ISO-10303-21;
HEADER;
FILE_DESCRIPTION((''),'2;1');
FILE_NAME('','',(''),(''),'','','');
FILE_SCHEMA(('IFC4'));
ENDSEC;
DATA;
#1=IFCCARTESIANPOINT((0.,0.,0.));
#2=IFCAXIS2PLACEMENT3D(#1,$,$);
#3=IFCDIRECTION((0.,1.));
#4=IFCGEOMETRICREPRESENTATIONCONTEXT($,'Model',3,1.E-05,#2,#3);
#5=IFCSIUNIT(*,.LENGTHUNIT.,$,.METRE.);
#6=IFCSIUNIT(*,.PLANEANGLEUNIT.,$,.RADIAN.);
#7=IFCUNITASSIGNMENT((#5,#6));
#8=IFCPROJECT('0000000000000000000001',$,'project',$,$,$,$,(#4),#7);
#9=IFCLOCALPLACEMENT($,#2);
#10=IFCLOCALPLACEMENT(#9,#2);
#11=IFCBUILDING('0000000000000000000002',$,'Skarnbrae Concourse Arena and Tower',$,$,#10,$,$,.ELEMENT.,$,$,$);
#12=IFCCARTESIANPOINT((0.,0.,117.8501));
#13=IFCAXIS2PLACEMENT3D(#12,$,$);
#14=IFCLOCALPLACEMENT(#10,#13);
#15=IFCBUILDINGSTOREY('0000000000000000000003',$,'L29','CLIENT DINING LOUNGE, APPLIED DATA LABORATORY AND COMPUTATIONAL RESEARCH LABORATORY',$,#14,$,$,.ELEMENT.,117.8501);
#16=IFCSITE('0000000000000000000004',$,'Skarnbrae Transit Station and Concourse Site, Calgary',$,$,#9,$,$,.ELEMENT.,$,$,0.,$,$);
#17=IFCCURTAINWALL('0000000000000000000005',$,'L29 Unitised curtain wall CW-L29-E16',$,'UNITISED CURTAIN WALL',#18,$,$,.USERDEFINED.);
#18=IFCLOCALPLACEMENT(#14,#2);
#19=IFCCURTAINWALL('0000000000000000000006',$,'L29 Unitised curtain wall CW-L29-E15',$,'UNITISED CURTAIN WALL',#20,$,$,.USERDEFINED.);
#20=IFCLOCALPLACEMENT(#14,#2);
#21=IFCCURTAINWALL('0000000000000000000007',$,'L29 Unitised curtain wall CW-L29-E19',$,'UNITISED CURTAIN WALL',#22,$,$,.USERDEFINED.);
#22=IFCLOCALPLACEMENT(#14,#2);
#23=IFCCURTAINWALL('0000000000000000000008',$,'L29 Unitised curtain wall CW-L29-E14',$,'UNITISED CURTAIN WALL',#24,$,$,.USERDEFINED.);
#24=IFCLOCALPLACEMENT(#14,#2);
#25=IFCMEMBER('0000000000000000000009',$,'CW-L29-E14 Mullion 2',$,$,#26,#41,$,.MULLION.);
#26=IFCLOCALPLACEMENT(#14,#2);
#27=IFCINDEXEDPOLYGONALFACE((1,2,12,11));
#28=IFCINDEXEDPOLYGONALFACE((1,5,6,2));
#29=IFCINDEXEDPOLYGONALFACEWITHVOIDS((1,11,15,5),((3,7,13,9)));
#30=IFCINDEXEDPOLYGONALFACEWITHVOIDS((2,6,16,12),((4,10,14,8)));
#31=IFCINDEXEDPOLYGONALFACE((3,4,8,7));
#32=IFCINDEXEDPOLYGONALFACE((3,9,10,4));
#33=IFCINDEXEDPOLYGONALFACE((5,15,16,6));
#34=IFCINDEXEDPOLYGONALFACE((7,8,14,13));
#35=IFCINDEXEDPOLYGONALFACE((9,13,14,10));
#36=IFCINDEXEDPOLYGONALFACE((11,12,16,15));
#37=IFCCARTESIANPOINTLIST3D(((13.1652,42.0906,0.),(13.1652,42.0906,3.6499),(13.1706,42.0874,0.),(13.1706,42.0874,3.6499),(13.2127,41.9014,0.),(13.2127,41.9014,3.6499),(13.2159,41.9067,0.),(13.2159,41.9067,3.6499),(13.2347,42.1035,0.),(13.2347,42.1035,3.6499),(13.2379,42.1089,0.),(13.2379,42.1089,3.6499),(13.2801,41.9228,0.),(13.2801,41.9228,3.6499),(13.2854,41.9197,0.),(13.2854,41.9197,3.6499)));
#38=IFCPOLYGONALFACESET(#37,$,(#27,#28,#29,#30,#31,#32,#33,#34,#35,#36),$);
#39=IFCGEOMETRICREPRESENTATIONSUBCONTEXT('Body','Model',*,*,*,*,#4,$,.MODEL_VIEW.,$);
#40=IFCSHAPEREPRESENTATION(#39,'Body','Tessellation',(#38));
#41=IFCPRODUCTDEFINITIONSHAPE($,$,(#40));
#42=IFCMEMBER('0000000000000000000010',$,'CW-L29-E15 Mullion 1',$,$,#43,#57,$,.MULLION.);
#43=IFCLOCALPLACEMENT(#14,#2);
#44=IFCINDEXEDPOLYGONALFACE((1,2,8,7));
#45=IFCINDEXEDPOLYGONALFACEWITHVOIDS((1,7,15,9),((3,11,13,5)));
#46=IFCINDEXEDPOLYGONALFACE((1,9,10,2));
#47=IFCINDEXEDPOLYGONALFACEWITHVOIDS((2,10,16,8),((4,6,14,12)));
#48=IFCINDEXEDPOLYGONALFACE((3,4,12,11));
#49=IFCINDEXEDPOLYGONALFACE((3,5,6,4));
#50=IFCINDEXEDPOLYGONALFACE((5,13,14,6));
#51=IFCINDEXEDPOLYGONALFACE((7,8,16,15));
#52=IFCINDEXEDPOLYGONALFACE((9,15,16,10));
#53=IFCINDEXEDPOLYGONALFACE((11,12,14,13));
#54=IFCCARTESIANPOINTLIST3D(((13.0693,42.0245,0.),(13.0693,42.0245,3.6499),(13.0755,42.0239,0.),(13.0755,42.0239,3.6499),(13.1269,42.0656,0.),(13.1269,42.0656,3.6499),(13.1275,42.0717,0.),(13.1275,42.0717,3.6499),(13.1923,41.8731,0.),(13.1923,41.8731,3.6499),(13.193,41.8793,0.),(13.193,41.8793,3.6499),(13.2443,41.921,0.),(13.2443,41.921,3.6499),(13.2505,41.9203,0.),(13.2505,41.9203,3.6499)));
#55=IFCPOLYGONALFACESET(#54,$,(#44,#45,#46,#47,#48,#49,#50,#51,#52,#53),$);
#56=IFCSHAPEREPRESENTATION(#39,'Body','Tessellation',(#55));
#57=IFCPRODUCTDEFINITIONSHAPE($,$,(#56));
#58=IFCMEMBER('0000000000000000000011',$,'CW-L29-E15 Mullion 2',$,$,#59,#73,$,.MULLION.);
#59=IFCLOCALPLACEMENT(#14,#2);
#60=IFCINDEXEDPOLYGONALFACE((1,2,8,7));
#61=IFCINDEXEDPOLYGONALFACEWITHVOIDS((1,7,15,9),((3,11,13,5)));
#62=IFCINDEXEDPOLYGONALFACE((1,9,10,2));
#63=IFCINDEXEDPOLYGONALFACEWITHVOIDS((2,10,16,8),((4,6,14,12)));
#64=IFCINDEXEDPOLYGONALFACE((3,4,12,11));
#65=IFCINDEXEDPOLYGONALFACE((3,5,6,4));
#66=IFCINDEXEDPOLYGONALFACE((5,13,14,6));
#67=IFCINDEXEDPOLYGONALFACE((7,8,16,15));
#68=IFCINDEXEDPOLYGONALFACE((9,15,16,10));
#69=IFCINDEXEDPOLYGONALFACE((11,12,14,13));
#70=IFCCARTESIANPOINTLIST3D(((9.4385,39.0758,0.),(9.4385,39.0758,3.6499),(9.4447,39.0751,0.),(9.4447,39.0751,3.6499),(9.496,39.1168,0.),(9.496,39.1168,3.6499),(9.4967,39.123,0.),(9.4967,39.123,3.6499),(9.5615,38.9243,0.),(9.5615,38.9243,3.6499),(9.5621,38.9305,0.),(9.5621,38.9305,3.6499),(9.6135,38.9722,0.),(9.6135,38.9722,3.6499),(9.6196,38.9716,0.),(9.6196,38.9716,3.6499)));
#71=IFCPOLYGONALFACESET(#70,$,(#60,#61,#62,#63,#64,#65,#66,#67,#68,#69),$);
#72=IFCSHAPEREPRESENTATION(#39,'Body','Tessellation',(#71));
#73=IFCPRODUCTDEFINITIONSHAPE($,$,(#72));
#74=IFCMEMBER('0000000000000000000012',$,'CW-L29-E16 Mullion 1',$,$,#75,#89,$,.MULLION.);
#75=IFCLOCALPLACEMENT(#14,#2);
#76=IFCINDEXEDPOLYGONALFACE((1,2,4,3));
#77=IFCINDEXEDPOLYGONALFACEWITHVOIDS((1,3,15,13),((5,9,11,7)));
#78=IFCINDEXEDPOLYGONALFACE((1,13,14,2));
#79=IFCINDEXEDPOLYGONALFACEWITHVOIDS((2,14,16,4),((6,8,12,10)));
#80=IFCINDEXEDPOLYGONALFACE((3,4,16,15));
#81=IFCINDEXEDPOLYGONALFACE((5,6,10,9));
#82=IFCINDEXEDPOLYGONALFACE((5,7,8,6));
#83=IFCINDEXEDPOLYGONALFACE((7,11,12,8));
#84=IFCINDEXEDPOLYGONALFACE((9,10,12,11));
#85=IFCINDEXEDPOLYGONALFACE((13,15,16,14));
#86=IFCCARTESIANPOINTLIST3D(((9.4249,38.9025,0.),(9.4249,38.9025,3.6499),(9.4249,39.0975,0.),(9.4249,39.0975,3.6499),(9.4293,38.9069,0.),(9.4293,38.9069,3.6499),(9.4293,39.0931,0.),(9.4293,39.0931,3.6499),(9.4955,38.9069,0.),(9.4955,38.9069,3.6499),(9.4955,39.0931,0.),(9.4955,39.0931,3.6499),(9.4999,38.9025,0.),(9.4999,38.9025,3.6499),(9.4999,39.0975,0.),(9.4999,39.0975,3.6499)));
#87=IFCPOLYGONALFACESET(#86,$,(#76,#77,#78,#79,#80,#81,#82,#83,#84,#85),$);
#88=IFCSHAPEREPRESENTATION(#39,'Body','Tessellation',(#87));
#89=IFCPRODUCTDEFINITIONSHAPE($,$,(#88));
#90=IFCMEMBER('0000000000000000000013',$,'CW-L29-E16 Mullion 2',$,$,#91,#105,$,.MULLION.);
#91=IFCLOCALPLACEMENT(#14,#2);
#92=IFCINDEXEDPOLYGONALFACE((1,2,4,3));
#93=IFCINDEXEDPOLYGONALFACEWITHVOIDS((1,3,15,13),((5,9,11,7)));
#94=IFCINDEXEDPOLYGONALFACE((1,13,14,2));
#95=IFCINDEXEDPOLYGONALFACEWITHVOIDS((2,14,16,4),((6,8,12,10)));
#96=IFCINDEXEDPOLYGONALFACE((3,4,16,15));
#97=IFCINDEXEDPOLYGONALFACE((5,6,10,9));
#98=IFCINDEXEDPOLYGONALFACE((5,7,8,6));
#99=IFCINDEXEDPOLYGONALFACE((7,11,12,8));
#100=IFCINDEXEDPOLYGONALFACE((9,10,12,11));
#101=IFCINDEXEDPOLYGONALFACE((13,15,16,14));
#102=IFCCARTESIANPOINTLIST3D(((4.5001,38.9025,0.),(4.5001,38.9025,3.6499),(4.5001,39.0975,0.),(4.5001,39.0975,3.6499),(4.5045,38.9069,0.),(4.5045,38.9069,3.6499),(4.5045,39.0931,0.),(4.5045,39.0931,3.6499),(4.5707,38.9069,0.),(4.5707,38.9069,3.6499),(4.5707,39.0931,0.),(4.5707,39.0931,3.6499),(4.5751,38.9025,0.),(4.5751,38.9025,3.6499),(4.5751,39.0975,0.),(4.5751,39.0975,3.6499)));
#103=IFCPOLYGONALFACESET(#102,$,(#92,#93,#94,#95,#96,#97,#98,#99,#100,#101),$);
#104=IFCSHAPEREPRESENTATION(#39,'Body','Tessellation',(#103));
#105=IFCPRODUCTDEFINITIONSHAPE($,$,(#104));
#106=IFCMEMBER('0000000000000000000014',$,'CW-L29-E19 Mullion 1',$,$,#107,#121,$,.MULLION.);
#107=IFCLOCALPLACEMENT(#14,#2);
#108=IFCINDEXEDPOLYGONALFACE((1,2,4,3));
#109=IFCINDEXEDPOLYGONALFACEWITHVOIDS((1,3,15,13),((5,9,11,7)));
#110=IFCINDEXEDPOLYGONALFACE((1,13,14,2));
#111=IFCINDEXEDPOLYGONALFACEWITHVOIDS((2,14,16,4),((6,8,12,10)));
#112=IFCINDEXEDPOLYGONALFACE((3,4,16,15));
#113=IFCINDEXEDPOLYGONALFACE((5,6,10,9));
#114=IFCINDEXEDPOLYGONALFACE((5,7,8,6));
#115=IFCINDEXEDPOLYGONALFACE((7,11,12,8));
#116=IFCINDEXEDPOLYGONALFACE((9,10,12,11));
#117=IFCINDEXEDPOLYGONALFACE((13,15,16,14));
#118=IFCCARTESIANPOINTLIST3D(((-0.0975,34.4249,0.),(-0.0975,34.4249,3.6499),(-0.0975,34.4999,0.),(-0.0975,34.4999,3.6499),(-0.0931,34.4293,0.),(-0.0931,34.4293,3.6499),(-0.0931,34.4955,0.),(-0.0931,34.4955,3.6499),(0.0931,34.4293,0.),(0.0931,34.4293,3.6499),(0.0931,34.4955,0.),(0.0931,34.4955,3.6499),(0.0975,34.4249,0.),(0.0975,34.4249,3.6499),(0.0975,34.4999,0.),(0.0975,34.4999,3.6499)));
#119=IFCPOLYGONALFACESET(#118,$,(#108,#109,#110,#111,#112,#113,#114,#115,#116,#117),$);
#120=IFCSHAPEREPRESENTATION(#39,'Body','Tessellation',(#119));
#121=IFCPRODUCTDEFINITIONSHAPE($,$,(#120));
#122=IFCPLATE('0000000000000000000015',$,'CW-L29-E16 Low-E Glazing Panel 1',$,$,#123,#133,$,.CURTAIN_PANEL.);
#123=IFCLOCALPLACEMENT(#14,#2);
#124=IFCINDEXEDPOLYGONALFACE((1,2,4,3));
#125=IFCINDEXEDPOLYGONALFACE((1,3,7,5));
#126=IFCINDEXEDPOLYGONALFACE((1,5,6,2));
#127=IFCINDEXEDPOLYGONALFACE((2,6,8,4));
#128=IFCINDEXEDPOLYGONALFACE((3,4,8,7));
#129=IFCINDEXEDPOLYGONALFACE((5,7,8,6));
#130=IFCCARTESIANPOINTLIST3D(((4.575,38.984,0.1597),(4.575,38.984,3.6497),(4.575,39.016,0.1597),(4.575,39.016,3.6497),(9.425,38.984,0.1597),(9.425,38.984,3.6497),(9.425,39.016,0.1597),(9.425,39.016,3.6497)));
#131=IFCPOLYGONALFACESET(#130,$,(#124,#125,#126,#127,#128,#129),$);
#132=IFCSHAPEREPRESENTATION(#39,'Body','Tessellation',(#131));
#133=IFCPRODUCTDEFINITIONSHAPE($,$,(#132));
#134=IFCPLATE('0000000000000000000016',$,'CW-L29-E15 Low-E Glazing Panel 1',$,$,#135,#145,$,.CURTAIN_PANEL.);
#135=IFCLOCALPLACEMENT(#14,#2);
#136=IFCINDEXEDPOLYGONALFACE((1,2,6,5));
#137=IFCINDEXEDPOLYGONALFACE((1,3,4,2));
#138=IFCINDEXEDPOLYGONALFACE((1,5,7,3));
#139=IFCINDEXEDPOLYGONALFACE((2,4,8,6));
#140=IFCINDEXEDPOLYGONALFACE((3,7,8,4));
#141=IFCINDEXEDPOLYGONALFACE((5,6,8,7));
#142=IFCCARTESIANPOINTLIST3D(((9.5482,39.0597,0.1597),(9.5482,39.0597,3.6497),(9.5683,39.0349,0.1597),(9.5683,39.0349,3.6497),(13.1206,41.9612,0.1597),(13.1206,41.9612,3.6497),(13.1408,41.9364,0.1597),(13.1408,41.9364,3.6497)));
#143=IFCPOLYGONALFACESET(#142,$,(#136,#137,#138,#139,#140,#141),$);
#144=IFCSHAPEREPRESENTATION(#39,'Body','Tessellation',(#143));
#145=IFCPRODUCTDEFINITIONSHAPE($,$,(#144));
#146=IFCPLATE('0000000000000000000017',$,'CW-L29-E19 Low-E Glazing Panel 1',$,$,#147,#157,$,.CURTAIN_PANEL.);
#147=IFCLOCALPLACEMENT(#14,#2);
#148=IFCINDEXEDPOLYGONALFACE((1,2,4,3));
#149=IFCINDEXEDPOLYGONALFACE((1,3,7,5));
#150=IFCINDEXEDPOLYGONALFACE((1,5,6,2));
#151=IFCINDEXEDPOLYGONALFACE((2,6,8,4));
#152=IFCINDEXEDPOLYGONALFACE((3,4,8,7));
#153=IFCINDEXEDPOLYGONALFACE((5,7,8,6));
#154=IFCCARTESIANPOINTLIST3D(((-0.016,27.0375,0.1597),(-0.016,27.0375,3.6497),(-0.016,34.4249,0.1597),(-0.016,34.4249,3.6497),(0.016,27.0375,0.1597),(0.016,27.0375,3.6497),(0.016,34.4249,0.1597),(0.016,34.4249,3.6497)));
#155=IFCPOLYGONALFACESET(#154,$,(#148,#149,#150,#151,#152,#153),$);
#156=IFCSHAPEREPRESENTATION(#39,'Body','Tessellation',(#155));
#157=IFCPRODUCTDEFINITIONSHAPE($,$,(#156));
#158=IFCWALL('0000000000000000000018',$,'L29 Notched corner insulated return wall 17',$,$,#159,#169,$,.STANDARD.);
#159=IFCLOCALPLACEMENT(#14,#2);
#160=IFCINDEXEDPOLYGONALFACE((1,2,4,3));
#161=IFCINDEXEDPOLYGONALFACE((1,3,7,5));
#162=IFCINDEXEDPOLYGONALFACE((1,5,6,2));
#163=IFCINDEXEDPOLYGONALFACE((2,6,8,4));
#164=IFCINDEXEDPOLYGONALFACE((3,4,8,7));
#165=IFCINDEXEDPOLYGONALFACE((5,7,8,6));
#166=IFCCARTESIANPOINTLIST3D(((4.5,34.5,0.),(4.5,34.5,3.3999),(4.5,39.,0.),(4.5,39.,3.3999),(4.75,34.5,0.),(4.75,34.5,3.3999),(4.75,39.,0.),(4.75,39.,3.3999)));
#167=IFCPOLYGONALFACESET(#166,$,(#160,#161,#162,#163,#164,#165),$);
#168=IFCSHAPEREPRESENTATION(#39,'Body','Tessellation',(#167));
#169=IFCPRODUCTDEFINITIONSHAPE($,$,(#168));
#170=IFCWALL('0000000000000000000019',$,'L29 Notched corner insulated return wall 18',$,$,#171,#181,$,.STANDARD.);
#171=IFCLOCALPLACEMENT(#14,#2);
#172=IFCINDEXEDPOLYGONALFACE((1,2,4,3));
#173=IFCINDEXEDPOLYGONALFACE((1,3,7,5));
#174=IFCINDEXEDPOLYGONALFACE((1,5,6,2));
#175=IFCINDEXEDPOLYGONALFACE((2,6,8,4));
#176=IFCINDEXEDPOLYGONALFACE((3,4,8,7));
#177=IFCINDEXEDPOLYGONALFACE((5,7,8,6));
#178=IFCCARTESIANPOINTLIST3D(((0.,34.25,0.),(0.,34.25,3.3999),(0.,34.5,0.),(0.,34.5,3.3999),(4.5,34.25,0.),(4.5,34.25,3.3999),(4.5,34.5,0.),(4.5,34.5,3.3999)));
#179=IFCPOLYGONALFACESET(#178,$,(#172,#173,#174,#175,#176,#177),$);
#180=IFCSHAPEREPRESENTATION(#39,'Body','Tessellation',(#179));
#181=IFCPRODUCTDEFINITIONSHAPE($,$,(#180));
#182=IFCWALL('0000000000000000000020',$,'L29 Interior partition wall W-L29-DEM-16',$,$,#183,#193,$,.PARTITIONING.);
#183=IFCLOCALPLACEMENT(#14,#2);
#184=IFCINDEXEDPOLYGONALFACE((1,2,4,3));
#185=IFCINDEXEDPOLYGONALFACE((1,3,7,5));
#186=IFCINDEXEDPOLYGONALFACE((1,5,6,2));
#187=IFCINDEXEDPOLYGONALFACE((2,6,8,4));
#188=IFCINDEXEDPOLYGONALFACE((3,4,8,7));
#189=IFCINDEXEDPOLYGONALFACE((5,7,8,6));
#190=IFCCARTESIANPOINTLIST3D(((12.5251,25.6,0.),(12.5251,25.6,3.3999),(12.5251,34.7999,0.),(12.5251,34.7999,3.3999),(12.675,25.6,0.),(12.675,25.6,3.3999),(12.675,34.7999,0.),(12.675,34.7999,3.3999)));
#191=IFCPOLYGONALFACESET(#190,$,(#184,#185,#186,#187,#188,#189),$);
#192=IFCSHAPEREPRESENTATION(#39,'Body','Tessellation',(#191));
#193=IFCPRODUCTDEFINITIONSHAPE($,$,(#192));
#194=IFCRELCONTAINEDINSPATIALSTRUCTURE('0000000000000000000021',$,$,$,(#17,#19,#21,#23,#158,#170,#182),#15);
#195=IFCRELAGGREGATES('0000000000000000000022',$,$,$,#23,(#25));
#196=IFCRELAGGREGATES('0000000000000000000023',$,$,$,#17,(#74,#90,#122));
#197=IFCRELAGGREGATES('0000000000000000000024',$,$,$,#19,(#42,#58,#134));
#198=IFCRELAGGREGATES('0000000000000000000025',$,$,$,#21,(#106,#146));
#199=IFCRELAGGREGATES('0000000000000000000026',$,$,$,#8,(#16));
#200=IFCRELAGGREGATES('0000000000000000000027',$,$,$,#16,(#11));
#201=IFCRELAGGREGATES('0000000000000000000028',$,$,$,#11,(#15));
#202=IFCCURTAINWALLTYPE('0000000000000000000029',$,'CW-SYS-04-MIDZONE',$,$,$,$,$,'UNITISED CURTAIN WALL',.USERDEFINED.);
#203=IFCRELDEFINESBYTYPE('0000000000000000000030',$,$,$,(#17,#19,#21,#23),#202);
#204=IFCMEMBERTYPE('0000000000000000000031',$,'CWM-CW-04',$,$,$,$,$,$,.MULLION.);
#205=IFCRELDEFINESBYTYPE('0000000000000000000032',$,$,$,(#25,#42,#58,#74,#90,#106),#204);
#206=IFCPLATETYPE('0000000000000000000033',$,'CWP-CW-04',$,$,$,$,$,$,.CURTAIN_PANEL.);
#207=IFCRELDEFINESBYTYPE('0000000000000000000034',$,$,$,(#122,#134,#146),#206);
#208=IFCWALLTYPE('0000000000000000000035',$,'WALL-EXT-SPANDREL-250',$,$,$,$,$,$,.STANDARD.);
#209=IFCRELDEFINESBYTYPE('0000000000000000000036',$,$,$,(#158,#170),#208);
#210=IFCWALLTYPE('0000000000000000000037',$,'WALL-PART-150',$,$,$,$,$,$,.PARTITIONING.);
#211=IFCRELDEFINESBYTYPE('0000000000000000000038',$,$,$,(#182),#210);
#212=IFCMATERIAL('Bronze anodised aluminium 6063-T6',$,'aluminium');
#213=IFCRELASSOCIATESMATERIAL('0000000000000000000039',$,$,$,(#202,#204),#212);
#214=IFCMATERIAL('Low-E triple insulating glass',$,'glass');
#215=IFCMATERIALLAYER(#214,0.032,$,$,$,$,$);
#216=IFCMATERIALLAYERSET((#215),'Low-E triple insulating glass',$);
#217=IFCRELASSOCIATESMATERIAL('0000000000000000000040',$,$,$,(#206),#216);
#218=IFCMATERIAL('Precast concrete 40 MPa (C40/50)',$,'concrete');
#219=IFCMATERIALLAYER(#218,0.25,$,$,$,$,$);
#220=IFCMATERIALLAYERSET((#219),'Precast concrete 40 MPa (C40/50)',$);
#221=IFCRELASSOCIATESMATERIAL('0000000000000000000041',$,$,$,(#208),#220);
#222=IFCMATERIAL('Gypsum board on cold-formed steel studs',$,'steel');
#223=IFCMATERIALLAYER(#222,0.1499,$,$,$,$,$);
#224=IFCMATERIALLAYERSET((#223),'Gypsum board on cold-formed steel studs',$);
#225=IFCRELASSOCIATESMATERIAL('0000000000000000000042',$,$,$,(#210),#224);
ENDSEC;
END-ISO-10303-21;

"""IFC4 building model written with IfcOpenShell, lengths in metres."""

from ifc_helpers import new_model, si_unit, direction, frame, frame_2d, origin, origin_2d, place, context, subcontext, project, spatial, rectangle, hollow_rectangle, extrude, source, transform, mapped, material, layer, layer_set, material_profile, profile_set, type_object, element, aggregate, save


model = new_model("IFC4")

# Units and contexts
model_context = context("Model", 3, precision=1e-05, world=origin(), true_north=direction((0.0, 1.0)))
body_context = subcontext(model_context, "Body", "Model", "MODEL_VIEW")
ifc_project = project(units=[si_unit("LENGTHUNIT", "METRE"), si_unit("PLANEANGLEUNIT", "RADIAN")], contexts=[model_context])

# Site, building, storey
site_placement = place(None, origin())
site = spatial("IfcSite", under=ifc_project, at=site_placement, Name="Skarnbrae Transit Station and Concourse Site, Calgary", CompositionType="ELEMENT", RefElevation=0.0)
building_placement = place(site_placement, origin())
building = spatial("IfcBuilding", under=site, at=building_placement, Name="Skarnbrae Concourse Arena and Tower", CompositionType="ELEMENT")
storey_placement = place(building_placement, frame((0.0, 0.0, 117.8501)))
storey = spatial("IfcBuildingStorey", under=building, at=storey_placement, Name="L29", Description="CLIENT DINING LOUNGE, APPLIED DATA LABORATORY AND COMPUTATIONAL RESEARCH LABORATORY", CompositionType="ELEMENT", Elevation=117.8501)

# Curtain walls, member
ifc_material_1 = material(Name="Bronze anodised aluminium 6063-T6", Category="aluminium")
curtain_wall_type = type_object("IfcCurtainWallType", Name="CW-SYS-04-MIDZONE", ElementType="UNITISED CURTAIN WALL", PredefinedType="USERDEFINED", material=ifc_material_1)
curtain_wall_1_placement = place(storey_placement, origin())
curtain_wall_1 = element("IfcCurtainWall", 1, at=curtain_wall_1_placement, inside=storey, type_object=curtain_wall_type, Name="L29 Unitised curtain wall CW-L29-E16", ObjectType="UNITISED CURTAIN WALL", PredefinedType="USERDEFINED")
curtain_wall_2_placement = place(storey_placement, origin())
curtain_wall_2 = element("IfcCurtainWall", 2, at=curtain_wall_2_placement, inside=storey, type_object=curtain_wall_type, Name="L29 Unitised curtain wall CW-L29-E15", ObjectType="UNITISED CURTAIN WALL", PredefinedType="USERDEFINED")
curtain_wall_3_placement = place(storey_placement, origin())
curtain_wall_3 = element("IfcCurtainWall", 3, at=curtain_wall_3_placement, inside=storey, type_object=curtain_wall_type, Name="L29 Unitised curtain wall CW-L29-E19", ObjectType="UNITISED CURTAIN WALL", PredefinedType="USERDEFINED")
curtain_wall_4_placement = place(storey_placement, origin())
curtain_wall_4 = element("IfcCurtainWall", 4, at=curtain_wall_4_placement, inside=storey, type_object=curtain_wall_type, Name="L29 Unitised curtain wall CW-L29-E14", ObjectType="UNITISED CURTAIN WALL", PredefinedType="USERDEFINED")
ifc_material_profile_1 = material_profile(ifc_material_1, hollow_rectangle(XDim=0.075, YDim=0.1951, WallThickness=0.0044, at=origin_2d()), Name="ALU-MULL-75X195")
ifc_profile_set_1 = profile_set([ifc_material_profile_1], Name="Bronze anodised aluminium 6063-T6")
member_type_1 = type_object("IfcMemberType", Name="CWM-CW-04", PredefinedType="MULLION", material=ifc_profile_set_1)
shared_shape_1 = source(origin(), body_context, "Body", "SweptSolid", [
    extrude(hollow_rectangle(XDim=0.075, YDim=0.1951, WallThickness=0.0044, at=origin_2d()), origin(), (0.0, 0.0, 1.0), 3.6499),
])
member_1_placement = place(storey_placement, frame((13.2253, 42.0051, 0.0), z_axis=(0.0, 0.0, 1.0), x_axis=(-0.969903, -0.243491, 0.0)))
member_1 = element("IfcMember", 5, at=member_1_placement, type_object=member_type_1, Name="CW-L29-E14 Mullion 2", PredefinedType="MULLION", context=body_context, shape_type="MappedRepresentation", body=[
    mapped(shared_shape_1, transform((0.0, 0.0, 0.0))),
])
aggregate(curtain_wall_4, [member_1])

# Members
member_2_placement = place(storey_placement, frame((13.1599, 41.9724, 0.0), z_axis=(0.0, 0.0, 1.0), x_axis=(-0.776241, -0.630436, 0.0)))
member_2 = element("IfcMember", 6, at=member_2_placement, type_object=member_type_1, Name="CW-L29-E15 Mullion 1", PredefinedType="MULLION", context=body_context, shape_type="MappedRepresentation", body=[
    mapped(shared_shape_1, transform((0.0, 0.0, 0.0))),
])
member_3_placement = place(storey_placement, frame((9.5291, 39.0237, 0.0), z_axis=(0.0, 0.0, 1.0), x_axis=(-0.776241, -0.630436, 0.0)))
member_3 = element("IfcMember", 7, at=member_3_placement, type_object=member_type_1, Name="CW-L29-E15 Mullion 2", PredefinedType="MULLION", context=body_context, shape_type="MappedRepresentation", body=[
    mapped(shared_shape_1, transform((0.0, 0.0, 0.0))),
])
member_4_placement = place(storey_placement, frame((9.4624, 39.0, 0.0), z_axis=(0.0, 0.0, 1.0), x_axis=(-1.0, 0.0, 0.0)))
member_4 = element("IfcMember", 8, at=member_4_placement, type_object=member_type_1, Name="CW-L29-E16 Mullion 1", PredefinedType="MULLION", context=body_context, shape_type="MappedRepresentation", body=[
    mapped(shared_shape_1, transform((0.0, 0.0, 0.0))),
])
member_5_placement = place(storey_placement, frame((4.5376, 39.0, 0.0), z_axis=(0.0, 0.0, 1.0), x_axis=(-1.0, 0.0, 0.0)))
member_5 = element("IfcMember", 9, at=member_5_placement, type_object=member_type_1, Name="CW-L29-E16 Mullion 2", PredefinedType="MULLION", context=body_context, shape_type="MappedRepresentation", body=[
    mapped(shared_shape_1, transform((0.0, 0.0, 0.0))),
])
member_6_placement = place(storey_placement, frame((0.0, 34.4624, 0.0), z_axis=(0.0, 0.0, 1.0), x_axis=(0.0, -1.0, 0.0)))
member_6 = element("IfcMember", 10, at=member_6_placement, type_object=member_type_1, Name="CW-L29-E19 Mullion 1", PredefinedType="MULLION", context=body_context, shape_type="MappedRepresentation", body=[
    mapped(shared_shape_1, transform((0.0, 0.0, 0.0))),
])

# Plates
ifc_material_2 = material(Name="Low-E triple insulating glass", Category="glass")
ifc_layer_1 = layer(ifc_material_2, 0.032)
ifc_layer_set_1 = layer_set([ifc_layer_1], Name="Low-E triple insulating glass")
plate_type = type_object("IfcPlateType", Name="CWP-CW-04", PredefinedType="CURTAIN_PANEL", material=ifc_layer_set_1)
shared_shape_2 = source(origin(), body_context, "Body", "SweptSolid", [
    extrude(rectangle(XDim=4.8501, YDim=0.032, at=origin_2d()), origin(), (0.0, 0.0, 1.0), 3.49),
])
plate_1_placement = place(storey_placement, frame((7.0, 39.0, 0.1597), z_axis=(0.0, 0.0, 1.0), x_axis=(-1.0, 0.0, 0.0)))
plate_1 = element("IfcPlate", 11, at=plate_1_placement, type_object=plate_type, Name="CW-L29-E16 Low-E Glazing Panel 1", PredefinedType="CURTAIN_PANEL", context=body_context, shape_type="MappedRepresentation", body=[
    mapped(shared_shape_2, transform((0.0, 0.0, 0.0))),
])
aggregate(curtain_wall_1, [member_4, member_5, plate_1])
shared_shape_3 = source(origin(), body_context, "Body", "SweptSolid", [
    extrude(rectangle(XDim=4.6023, YDim=0.032, at=origin_2d()), origin(), (0.0, 0.0, 1.0), 3.49),
])
plate_2_placement = place(storey_placement, frame((11.3445, 40.498, 0.1597), z_axis=(0.0, 0.0, 1.0), x_axis=(-0.776241, -0.630436, 0.0)))
plate_2 = element("IfcPlate", 12, at=plate_2_placement, type_object=plate_type, Name="CW-L29-E15 Low-E Glazing Panel 1", PredefinedType="CURTAIN_PANEL", context=body_context, shape_type="MappedRepresentation", body=[
    mapped(shared_shape_3, transform((0.0, 0.0, 0.0))),
])
aggregate(curtain_wall_2, [member_2, member_3, plate_2])
shared_shape_4 = source(origin(), body_context, "Body", "SweptSolid", [
    extrude(rectangle(XDim=7.3875, YDim=0.032, at=origin_2d()), origin(), (0.0, 0.0, 1.0), 3.49),
])
plate_3_placement = place(storey_placement, frame((0.0, 30.7312, 0.1597), z_axis=(0.0, 0.0, 1.0), x_axis=(0.0, -1.0, 0.0)))
plate_3 = element("IfcPlate", 13, at=plate_3_placement, type_object=plate_type, Name="CW-L29-E19 Low-E Glazing Panel 1", PredefinedType="CURTAIN_PANEL", context=body_context, shape_type="MappedRepresentation", body=[
    mapped(shared_shape_4, transform((0.0, 0.0, 0.0))),
])
aggregate(curtain_wall_3, [member_6, plate_3])

# Walls
ifc_material_3 = material(Name="Precast concrete 40 MPa (C40/50)", Category="concrete")
ifc_layer_2 = layer(ifc_material_3, 0.25)
ifc_layer_set_2 = layer_set([ifc_layer_2], Name="Precast concrete 40 MPa (C40/50)")
wall_type_1 = type_object("IfcWallType", Name="WALL-EXT-SPANDREL-250", PredefinedType="STANDARD", material=ifc_layer_set_2)
shared_shape_5 = source(origin(), body_context, "Body", "SweptSolid", [
    extrude(rectangle(XDim=4.5, YDim=0.25, at=frame_2d((2.25, 0.0))), origin(), (0.0, 0.0, 1.0), 3.3999),
])
for number, where, z_axis, x_axis, name in (
    (14, (4.625, 39.0, 0.0), (0.0, 0.0, 1.0), (0.0, -1.0, 0.0), "L29 Notched corner insulated return wall 17"),
    (15, (4.5, 34.375, 0.0), (0.0, 0.0, 1.0), (-1.0, 0.0, 0.0), "L29 Notched corner insulated return wall 18"),
):
    element("IfcWall", number, at=place(storey_placement, frame(where, z_axis=z_axis, x_axis=x_axis)), inside=storey, type_object=wall_type_1, Name=name, PredefinedType="STANDARD", context=body_context, shape_type="MappedRepresentation", body=[
        mapped(shared_shape_5, transform((0.0, 0.0, 0.0))),
    ])
ifc_material_4 = material(Name="Gypsum board on cold-formed steel studs", Category="steel")
ifc_layer_3 = layer(ifc_material_4, 0.1499)
ifc_layer_set_3 = layer_set([ifc_layer_3], Name="Gypsum board on cold-formed steel studs")
wall_type_2 = type_object("IfcWallType", Name="WALL-PART-150", PredefinedType="PARTITIONING", material=ifc_layer_set_3)
shared_shape_6 = source(origin(), body_context, "Body", "SweptSolid", [
    extrude(rectangle(XDim=9.2, YDim=0.1499, at=frame_2d((4.6001, 0.0))), origin(), (0.0, 0.0, 1.0), 3.3999),
])
wall_1_placement = place(storey_placement, frame((12.6001, 34.8, 0.0), z_axis=(0.0, 0.0, 1.0), x_axis=(0.0, -1.0, 0.0)))
element("IfcWall", 16, at=wall_1_placement, inside=storey, type_object=wall_type_2, Name="L29 Interior partition wall W-L29-DEM-16", PredefinedType="PARTITIONING", context=body_context, shape_type="MappedRepresentation", body=[
    mapped(shared_shape_6, transform((0.0, 0.0, 0.0))),
])

save(model, "model.ifc")
